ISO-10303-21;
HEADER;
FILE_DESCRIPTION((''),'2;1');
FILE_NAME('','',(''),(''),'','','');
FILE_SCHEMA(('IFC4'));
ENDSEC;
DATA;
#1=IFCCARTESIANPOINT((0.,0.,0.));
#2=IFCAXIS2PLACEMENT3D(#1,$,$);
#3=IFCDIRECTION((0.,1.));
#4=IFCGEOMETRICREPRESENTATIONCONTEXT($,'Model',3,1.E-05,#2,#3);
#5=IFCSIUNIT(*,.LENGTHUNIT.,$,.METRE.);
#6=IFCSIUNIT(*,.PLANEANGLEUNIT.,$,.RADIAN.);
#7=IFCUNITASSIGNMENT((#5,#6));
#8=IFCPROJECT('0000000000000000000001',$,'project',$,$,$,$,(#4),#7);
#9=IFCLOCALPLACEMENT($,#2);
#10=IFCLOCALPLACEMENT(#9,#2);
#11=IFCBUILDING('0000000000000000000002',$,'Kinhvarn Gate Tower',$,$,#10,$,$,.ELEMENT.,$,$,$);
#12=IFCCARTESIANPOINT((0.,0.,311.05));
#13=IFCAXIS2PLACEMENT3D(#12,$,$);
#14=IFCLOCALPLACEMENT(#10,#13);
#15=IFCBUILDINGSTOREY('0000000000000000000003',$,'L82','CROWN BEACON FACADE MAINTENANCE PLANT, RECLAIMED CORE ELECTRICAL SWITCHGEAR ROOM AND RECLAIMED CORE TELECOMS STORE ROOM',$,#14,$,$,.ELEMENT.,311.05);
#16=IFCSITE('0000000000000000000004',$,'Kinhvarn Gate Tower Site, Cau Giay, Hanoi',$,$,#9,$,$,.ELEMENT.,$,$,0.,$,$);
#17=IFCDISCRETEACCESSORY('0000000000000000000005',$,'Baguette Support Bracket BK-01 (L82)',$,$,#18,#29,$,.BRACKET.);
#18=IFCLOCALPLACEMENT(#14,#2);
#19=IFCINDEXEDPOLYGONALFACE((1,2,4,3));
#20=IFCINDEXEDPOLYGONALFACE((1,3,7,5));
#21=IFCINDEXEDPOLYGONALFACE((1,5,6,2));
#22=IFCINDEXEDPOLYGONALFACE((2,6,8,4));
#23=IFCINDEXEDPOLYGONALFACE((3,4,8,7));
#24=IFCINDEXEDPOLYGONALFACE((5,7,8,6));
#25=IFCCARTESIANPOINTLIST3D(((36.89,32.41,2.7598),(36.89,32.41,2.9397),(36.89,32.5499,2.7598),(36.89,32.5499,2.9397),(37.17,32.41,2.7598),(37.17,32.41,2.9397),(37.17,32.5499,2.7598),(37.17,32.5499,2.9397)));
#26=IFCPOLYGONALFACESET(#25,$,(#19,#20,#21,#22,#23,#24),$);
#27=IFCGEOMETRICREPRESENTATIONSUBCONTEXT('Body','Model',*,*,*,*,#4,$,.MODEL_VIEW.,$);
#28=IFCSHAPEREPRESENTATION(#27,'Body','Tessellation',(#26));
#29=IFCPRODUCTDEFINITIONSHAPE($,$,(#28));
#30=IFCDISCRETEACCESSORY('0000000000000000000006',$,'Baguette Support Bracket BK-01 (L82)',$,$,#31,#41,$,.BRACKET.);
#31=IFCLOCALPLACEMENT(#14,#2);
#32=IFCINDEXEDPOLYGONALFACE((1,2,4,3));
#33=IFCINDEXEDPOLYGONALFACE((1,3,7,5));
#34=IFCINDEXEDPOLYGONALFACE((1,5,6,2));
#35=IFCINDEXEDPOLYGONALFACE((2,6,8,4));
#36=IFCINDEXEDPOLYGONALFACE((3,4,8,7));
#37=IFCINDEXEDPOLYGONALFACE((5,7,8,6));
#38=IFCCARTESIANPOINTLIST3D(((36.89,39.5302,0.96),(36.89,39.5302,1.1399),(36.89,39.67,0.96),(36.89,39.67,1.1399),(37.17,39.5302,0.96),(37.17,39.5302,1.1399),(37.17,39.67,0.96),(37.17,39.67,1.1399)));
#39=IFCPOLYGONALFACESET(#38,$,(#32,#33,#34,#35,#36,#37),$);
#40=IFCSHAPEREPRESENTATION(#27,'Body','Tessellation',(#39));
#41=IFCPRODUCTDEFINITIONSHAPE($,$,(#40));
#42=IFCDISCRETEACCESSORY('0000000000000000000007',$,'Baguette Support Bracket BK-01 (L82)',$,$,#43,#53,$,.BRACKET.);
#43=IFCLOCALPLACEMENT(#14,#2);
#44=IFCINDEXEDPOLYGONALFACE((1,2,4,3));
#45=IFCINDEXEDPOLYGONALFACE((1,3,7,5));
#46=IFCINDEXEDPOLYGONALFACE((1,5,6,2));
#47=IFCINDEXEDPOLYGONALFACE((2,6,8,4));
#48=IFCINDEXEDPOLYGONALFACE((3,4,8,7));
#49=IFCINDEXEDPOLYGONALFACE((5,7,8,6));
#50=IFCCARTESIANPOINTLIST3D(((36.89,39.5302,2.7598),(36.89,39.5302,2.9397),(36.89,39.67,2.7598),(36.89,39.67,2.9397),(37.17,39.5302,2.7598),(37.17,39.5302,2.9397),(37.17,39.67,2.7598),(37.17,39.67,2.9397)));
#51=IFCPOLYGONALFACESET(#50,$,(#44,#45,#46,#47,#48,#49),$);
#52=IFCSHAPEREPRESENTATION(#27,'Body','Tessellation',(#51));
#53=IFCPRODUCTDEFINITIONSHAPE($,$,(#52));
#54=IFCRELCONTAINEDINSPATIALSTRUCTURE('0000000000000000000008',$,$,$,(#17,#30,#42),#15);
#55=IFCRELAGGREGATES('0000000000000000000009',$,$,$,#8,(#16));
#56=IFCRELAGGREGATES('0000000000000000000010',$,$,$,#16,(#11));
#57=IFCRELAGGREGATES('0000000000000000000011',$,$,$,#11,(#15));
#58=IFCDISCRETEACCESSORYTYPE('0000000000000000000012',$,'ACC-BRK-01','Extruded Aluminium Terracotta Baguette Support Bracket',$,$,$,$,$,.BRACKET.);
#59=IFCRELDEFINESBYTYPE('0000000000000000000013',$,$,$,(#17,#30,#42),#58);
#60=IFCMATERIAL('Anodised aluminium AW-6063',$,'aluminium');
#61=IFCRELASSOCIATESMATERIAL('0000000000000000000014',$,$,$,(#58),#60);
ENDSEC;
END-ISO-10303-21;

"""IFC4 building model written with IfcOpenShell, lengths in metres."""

from ifc_helpers import new_model, si_unit, direction, frame, origin, origin_2d, place, context, subcontext, project, spatial, rectangle, extrude, material, type_object, element, save


model = new_model("IFC4")

# Units and contexts
model_context = context("Model", 3, precision=1e-05, world=origin(), true_north=direction((0.0, 1.0)))
body_context = subcontext(model_context, "Body", "Model", "MODEL_VIEW")
ifc_project = project(units=[si_unit("LENGTHUNIT", "METRE"), si_unit("PLANEANGLEUNIT", "RADIAN")], contexts=[model_context])

# Site, building, storey
site_placement = place(None, origin())
site = spatial("IfcSite", under=ifc_project, at=site_placement, Name="Kinhvarn Gate Tower Site, Cau Giay, Hanoi", CompositionType="ELEMENT", RefElevation=0.0)
building_placement = place(site_placement, origin())
building = spatial("IfcBuilding", under=site, at=building_placement, Name="Kinhvarn Gate Tower", CompositionType="ELEMENT")
storey_placement = place(building_placement, frame((0.0, 0.0, 311.05)))
storey = spatial("IfcBuildingStorey", under=building, at=storey_placement, Name="L82", Description="CROWN BEACON FACADE MAINTENANCE PLANT, RECLAIMED CORE ELECTRICAL SWITCHGEAR ROOM AND RECLAIMED CORE TELECOMS STORE ROOM", CompositionType="ELEMENT", Elevation=311.05)

# Shared definitions
ifc_material_1 = material(Name="Anodised aluminium AW-6063", Category="aluminium")

# Discrete accessories
discrete_accessory_type = type_object("IfcDiscreteAccessoryType", Name="ACC-BRK-01", Description="Extruded Aluminium Terracotta Baguette Support Bracket", PredefinedType="BRACKET", material=ifc_material_1)
for number, where, z_axis, x_axis, name in (
    (1, (37.03, 32.48, 2.7598), (0.0, 0.0, 1.0), (0.0, 1.0, 0.0), "Baguette Support Bracket BK-01 (L82)"),
    (2, (37.03, 39.6001, 0.96), (0.0, 0.0, 1.0), (0.0, 1.0, 0.0), "Baguette Support Bracket BK-01 (L82)"),
    (3, (37.03, 39.6001, 2.7598), (0.0, 0.0, 1.0), (0.0, 1.0, 0.0), "Baguette Support Bracket BK-01 (L82)"),
):
    element("IfcDiscreteAccessory", number, at=place(storey_placement, frame(where, z_axis=z_axis, x_axis=x_axis)), inside=storey, type_object=discrete_accessory_type, Name=name, PredefinedType="BRACKET", context=body_context, shape_type="SweptSolid", body=[
        extrude(rectangle(XDim=0.1399, YDim=0.28, at=origin_2d()), origin(), (0.0, 0.0, 1.0), 0.1799),
    ])

save(model, "model.ifc")
